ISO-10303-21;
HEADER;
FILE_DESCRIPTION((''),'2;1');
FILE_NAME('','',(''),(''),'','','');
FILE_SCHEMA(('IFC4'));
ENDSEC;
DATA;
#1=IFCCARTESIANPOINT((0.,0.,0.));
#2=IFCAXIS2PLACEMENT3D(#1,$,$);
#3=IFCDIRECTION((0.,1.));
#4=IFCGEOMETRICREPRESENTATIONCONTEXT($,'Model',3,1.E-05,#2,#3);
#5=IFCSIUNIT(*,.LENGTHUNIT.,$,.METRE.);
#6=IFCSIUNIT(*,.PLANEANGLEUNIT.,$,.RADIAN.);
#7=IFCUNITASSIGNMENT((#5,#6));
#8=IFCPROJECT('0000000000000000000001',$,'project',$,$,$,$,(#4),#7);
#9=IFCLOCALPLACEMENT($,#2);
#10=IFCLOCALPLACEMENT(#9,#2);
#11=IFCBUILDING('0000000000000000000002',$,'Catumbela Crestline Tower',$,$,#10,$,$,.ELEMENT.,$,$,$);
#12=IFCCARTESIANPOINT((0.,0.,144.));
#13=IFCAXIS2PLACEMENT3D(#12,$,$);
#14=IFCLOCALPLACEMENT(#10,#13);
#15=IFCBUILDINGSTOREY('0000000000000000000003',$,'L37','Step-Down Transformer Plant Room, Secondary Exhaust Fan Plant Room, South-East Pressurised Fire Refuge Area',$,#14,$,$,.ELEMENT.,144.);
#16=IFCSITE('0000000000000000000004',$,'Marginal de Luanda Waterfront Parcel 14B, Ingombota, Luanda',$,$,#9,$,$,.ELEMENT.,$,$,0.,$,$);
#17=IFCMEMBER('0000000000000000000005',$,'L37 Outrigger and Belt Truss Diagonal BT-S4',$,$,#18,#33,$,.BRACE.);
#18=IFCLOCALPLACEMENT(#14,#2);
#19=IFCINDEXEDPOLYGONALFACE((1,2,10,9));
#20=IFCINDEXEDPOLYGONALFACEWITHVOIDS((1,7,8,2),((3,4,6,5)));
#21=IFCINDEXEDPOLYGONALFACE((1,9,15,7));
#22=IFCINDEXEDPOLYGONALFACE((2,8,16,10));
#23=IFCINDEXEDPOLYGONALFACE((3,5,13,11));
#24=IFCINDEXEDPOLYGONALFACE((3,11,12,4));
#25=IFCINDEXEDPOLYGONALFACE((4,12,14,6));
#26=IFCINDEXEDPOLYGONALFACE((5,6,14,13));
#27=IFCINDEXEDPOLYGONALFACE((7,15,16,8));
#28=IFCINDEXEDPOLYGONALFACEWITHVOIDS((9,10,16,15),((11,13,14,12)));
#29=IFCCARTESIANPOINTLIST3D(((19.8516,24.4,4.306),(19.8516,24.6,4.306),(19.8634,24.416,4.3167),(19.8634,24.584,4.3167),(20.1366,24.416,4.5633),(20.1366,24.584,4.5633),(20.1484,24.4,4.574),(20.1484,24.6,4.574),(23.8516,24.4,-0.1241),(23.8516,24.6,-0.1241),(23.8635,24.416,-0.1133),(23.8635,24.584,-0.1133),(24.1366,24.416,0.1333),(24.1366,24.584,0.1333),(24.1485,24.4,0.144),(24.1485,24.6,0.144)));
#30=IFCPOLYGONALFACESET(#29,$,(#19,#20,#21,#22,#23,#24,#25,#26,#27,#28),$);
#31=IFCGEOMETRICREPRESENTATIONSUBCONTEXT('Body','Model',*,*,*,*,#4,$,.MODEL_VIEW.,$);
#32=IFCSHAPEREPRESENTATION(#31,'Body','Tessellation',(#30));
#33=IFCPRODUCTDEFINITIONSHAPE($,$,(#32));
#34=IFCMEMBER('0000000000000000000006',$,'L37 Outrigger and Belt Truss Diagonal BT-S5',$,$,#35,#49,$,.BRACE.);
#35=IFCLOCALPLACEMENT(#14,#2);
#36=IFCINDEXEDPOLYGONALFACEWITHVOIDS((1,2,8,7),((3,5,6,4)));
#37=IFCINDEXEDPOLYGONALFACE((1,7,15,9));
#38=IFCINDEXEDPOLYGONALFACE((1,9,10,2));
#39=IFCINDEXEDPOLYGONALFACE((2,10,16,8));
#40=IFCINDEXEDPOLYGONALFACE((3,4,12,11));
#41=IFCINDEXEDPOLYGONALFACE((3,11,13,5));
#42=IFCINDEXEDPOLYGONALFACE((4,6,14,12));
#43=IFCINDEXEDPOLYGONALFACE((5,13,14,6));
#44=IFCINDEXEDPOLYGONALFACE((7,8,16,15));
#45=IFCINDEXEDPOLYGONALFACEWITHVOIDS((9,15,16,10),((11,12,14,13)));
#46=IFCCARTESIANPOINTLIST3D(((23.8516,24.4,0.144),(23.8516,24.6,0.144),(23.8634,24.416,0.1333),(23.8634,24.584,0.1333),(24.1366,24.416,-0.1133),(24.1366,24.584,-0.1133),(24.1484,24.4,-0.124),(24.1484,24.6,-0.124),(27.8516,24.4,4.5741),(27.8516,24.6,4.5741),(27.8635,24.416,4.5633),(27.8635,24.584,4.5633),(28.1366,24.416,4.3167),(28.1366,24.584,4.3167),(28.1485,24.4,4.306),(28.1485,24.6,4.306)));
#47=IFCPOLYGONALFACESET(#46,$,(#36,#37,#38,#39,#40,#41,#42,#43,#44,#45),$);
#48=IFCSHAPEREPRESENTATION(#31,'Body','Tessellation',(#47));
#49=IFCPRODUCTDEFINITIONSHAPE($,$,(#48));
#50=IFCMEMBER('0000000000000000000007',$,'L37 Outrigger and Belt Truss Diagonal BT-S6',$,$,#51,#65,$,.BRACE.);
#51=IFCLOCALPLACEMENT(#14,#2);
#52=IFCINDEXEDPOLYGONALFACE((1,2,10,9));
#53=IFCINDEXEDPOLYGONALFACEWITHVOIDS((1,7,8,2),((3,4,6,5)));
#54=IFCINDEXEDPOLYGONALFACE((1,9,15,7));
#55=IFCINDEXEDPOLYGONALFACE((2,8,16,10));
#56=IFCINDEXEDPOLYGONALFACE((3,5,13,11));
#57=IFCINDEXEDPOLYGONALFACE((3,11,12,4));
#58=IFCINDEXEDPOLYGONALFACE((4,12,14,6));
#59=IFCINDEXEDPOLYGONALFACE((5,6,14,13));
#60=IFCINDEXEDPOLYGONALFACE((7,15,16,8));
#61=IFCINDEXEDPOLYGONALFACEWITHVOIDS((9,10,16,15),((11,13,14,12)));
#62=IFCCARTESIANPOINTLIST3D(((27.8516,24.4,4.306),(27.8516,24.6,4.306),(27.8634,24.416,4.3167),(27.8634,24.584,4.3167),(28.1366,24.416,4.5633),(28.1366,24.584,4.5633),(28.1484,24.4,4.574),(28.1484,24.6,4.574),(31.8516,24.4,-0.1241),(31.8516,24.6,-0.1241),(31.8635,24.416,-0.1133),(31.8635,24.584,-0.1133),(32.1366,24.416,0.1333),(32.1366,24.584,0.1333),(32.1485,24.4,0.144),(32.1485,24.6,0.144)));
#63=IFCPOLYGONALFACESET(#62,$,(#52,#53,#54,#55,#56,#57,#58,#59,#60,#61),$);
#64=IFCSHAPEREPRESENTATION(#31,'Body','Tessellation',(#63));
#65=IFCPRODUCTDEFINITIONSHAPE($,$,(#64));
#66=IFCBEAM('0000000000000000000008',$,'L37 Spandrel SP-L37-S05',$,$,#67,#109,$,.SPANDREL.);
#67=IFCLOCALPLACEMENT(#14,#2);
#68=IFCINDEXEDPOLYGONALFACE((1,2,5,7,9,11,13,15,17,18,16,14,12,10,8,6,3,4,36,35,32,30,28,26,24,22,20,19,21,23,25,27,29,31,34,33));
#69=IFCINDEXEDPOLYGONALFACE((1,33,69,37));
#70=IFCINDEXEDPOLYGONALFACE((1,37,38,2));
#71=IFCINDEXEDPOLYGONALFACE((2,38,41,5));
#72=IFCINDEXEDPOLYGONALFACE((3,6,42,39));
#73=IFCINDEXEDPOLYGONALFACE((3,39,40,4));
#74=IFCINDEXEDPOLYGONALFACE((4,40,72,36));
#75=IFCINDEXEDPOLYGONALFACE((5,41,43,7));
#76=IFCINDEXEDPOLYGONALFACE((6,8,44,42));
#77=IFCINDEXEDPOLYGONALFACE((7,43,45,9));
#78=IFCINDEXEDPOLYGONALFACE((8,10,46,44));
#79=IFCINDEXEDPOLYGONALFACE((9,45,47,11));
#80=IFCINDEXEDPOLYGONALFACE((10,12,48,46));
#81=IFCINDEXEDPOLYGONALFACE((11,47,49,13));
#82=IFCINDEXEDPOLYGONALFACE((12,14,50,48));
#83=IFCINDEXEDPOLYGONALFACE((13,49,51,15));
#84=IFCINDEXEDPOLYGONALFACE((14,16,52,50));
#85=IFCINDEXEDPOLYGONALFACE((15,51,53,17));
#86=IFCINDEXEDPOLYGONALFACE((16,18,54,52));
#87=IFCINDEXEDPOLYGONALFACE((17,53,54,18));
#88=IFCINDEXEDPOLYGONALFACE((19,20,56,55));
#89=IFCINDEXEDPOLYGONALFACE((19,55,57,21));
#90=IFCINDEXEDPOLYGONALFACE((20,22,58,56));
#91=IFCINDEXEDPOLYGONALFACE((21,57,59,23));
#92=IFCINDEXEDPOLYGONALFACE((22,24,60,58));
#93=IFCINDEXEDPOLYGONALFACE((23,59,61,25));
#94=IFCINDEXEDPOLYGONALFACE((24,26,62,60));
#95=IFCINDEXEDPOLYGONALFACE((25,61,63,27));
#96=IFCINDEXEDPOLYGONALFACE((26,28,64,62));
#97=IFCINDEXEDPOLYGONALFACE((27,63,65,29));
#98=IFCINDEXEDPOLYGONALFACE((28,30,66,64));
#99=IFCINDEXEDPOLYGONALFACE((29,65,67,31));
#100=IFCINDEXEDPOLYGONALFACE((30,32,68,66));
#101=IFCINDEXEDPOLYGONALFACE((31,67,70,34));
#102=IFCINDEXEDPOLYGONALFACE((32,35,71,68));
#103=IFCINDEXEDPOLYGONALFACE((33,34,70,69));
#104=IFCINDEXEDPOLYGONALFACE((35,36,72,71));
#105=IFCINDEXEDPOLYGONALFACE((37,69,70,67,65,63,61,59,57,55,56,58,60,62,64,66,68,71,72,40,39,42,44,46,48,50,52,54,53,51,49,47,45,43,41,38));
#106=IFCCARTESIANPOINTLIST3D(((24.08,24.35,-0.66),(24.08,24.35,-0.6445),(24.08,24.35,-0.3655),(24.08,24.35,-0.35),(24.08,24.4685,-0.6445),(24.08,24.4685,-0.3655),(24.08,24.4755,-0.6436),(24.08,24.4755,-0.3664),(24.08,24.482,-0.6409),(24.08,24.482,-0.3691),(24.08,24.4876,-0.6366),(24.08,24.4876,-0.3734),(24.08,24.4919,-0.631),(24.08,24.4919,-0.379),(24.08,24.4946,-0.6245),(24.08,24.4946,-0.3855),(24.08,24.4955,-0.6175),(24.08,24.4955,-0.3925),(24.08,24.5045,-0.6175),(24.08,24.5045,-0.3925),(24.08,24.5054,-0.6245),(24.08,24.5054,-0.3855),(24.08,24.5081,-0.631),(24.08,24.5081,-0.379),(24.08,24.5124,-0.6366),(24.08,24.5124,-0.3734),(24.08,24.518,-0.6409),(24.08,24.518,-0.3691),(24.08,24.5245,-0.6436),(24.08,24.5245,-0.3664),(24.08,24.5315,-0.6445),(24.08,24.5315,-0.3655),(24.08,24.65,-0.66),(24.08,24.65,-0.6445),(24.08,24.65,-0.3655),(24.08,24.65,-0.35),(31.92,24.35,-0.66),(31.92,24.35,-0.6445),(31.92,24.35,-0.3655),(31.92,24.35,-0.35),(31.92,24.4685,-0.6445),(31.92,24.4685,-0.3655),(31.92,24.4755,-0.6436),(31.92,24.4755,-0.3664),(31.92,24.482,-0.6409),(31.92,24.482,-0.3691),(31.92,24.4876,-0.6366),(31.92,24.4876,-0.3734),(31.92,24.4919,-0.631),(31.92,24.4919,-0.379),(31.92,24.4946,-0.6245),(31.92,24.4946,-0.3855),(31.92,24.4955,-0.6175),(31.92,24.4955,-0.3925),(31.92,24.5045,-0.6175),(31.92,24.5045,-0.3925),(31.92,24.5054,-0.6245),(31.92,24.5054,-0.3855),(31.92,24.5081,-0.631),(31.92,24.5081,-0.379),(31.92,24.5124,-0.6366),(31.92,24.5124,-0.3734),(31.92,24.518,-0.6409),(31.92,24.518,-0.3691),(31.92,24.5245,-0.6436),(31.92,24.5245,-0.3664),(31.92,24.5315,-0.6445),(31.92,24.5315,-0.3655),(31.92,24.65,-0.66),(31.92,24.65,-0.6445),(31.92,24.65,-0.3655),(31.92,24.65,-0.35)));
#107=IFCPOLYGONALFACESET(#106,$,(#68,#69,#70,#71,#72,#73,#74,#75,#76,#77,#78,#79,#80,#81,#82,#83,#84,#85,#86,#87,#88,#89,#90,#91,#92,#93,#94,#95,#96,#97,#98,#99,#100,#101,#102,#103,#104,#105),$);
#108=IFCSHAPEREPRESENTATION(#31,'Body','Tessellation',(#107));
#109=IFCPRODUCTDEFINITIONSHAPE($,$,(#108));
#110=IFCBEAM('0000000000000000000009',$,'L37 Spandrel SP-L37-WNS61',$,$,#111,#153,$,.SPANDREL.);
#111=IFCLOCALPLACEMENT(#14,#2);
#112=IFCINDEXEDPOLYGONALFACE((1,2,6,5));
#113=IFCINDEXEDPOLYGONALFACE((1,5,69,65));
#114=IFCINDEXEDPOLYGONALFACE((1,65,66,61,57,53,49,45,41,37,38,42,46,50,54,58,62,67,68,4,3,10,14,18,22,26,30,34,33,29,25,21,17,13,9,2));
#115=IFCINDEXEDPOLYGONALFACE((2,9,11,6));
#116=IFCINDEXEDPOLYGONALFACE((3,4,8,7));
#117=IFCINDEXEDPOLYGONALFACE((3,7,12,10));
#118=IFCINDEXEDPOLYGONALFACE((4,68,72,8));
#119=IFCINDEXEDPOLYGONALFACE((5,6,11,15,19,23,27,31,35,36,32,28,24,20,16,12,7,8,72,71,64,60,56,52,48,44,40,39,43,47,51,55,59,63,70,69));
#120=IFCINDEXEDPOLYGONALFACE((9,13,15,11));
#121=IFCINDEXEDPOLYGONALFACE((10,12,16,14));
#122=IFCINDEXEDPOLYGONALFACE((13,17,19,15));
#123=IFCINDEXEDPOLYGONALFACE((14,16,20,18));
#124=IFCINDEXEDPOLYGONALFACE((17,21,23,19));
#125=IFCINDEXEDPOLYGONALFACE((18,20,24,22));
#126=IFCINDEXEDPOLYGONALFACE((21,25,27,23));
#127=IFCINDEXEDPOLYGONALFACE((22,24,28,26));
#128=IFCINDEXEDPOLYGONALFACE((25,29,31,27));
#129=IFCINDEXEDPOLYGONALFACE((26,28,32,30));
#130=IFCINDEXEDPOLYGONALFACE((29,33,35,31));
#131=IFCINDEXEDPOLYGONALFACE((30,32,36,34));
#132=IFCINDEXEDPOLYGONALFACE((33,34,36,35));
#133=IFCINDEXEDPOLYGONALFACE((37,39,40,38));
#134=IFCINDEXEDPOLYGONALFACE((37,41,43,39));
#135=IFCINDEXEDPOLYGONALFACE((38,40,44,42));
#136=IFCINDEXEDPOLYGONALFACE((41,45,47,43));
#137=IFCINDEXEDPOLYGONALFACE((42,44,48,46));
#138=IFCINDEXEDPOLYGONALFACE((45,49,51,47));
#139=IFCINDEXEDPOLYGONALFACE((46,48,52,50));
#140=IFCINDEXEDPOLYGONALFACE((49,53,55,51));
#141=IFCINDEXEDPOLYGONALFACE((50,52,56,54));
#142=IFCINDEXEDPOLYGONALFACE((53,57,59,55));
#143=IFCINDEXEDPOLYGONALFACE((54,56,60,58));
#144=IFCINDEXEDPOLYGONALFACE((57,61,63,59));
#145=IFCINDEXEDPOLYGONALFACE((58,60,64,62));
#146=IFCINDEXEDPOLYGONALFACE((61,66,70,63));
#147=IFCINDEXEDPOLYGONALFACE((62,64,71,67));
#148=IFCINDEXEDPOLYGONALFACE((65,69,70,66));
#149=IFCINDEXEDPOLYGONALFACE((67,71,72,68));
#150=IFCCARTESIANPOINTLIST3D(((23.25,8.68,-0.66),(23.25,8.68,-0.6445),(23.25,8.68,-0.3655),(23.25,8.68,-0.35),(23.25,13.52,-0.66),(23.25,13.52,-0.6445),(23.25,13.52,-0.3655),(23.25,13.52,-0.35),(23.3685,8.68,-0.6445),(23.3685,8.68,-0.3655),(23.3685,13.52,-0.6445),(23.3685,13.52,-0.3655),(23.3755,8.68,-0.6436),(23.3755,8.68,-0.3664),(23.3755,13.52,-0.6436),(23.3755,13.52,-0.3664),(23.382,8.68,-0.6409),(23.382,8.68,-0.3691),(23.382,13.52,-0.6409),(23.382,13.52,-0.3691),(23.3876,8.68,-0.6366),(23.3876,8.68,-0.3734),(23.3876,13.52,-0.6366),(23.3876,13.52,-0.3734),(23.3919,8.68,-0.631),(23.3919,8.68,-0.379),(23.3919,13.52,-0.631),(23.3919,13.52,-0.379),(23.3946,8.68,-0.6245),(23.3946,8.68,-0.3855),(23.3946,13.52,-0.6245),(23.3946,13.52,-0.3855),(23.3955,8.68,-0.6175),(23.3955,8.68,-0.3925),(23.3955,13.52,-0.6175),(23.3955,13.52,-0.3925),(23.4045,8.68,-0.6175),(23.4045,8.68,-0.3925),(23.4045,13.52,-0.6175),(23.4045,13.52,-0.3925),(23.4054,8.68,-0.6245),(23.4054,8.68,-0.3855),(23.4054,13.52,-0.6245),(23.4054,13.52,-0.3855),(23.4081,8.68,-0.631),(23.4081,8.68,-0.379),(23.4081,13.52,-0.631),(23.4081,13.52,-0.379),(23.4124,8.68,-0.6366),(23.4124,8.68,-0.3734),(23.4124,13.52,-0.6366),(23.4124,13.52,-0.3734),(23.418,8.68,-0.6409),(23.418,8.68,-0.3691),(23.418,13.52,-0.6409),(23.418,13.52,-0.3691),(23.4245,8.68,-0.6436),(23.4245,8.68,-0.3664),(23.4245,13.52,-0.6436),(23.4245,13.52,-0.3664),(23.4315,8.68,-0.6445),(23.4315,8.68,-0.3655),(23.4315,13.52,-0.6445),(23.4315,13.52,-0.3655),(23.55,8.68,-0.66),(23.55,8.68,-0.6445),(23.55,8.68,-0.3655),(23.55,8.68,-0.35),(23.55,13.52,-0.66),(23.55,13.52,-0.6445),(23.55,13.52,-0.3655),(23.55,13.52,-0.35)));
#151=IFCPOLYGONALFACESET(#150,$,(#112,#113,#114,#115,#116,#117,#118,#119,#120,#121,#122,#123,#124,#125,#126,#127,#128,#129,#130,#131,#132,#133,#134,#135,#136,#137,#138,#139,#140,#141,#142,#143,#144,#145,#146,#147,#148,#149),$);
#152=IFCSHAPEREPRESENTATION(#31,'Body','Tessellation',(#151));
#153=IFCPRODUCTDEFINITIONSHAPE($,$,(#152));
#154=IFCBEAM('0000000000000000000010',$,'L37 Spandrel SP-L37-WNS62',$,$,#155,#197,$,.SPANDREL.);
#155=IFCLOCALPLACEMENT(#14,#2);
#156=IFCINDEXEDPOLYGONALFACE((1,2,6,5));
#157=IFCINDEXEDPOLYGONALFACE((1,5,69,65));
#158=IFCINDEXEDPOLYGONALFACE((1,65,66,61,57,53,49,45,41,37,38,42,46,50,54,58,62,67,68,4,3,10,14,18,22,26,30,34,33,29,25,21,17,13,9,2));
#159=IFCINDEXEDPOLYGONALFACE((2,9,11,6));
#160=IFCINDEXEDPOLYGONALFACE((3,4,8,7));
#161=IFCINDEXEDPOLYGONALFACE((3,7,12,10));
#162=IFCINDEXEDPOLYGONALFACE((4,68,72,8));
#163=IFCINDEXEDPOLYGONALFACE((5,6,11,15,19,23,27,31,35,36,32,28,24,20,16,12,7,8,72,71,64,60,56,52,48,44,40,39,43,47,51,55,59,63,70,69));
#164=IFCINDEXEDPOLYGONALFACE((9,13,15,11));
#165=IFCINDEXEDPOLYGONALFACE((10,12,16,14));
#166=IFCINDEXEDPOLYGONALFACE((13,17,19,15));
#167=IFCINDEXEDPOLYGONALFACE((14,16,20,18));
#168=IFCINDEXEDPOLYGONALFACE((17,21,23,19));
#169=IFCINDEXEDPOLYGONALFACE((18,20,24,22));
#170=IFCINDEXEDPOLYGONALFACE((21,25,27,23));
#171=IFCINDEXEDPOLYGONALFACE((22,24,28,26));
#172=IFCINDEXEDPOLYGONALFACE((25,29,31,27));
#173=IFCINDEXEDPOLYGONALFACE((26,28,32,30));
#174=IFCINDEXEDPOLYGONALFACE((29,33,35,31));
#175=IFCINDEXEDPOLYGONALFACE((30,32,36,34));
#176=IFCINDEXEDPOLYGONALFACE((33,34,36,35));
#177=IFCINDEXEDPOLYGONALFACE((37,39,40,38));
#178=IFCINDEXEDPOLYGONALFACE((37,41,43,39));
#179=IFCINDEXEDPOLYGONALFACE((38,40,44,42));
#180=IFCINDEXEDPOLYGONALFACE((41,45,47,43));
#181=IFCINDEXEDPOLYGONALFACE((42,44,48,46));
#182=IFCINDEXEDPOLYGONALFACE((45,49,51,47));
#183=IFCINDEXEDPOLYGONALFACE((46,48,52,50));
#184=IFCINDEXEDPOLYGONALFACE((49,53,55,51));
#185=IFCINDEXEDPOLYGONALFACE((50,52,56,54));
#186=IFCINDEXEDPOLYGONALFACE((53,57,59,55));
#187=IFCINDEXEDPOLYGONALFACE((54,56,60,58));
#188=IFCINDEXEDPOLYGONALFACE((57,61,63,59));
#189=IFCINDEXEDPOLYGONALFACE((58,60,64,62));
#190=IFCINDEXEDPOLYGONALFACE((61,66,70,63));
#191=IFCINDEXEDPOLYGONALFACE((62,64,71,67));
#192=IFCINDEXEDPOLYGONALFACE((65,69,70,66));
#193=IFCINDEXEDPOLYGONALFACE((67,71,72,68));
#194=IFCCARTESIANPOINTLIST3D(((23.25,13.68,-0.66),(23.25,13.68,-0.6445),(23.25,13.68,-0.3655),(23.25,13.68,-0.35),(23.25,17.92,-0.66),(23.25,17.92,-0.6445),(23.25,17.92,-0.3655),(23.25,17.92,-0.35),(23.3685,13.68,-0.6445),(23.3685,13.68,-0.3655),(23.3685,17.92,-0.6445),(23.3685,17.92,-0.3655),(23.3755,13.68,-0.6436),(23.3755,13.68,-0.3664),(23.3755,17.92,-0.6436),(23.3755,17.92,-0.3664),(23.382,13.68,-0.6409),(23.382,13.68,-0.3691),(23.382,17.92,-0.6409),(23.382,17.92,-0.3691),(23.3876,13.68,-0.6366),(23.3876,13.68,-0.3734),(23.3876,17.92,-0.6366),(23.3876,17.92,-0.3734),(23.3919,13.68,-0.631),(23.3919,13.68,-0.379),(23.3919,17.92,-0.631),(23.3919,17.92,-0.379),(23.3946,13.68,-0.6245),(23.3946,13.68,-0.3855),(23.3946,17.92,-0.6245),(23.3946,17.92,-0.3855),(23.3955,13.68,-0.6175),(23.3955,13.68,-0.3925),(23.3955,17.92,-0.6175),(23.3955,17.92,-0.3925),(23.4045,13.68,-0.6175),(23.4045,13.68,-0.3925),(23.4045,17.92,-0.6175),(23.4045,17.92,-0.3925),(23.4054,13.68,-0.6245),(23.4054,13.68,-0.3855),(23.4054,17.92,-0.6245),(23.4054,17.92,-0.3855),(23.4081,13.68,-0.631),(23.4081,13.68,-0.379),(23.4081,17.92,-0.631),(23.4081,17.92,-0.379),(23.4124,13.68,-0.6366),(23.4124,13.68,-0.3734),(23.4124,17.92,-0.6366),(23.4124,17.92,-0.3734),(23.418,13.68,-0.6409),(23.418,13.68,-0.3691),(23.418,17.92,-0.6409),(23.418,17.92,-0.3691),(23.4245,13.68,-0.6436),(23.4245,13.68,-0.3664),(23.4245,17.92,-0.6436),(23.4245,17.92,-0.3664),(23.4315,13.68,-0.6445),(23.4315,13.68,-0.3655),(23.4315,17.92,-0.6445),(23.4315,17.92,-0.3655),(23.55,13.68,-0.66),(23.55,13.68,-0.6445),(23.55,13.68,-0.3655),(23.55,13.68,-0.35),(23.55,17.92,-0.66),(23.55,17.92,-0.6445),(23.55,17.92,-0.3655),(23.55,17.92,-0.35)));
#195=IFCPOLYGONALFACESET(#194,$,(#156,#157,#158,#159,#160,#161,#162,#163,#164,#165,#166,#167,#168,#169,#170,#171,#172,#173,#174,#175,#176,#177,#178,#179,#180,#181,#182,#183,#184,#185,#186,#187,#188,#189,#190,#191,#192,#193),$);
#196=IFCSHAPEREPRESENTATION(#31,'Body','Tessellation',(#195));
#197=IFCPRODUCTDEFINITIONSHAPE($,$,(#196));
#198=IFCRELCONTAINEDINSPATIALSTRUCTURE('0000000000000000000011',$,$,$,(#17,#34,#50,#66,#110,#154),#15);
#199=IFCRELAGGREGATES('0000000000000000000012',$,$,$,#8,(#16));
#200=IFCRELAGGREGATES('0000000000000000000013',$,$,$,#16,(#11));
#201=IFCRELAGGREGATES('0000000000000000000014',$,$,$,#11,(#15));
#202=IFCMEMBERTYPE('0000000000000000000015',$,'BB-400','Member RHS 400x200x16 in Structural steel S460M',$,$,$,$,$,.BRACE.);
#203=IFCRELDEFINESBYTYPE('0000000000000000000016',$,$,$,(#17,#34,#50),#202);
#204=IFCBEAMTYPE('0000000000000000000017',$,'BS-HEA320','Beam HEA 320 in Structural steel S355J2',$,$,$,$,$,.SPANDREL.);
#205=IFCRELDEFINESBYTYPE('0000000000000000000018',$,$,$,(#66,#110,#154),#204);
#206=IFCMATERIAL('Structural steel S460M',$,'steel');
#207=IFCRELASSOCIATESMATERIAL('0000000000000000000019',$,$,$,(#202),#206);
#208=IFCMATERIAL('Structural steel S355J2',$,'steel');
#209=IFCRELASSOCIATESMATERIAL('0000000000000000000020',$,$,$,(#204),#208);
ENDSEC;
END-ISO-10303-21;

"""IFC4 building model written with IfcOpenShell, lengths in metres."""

from ifc_helpers import new_model, si_unit, direction, frame, origin, origin_2d, place, context, subcontext, project, spatial, hollow_rectangle, i_section, extrude, material, material_profile, profile_set, type_object, element, save


model = new_model("IFC4")

# Units and contexts
model_context = context("Model", 3, precision=1e-05, world=origin(), true_north=direction((0.0, 1.0)))
body_context = subcontext(model_context, "Body", "Model", "MODEL_VIEW")
ifc_project = project(units=[si_unit("LENGTHUNIT", "METRE"), si_unit("PLANEANGLEUNIT", "RADIAN")], contexts=[model_context])

# Site, building, storey
site_placement = place(None, origin())
site = spatial("IfcSite", under=ifc_project, at=site_placement, Name="Marginal de Luanda Waterfront Parcel 14B, Ingombota, Luanda", CompositionType="ELEMENT", RefElevation=0.0)
building_placement = place(site_placement, origin())
building = spatial("IfcBuilding", under=site, at=building_placement, Name="Catumbela Crestline Tower", CompositionType="ELEMENT")
storey_placement = place(building_placement, frame((0.0, 0.0, 144.0)))
storey = spatial("IfcBuildingStorey", under=building, at=storey_placement, Name="L37", Description="Step-Down Transformer Plant Room, Secondary Exhaust Fan Plant Room, South-East Pressurised Fire Refuge Area", CompositionType="ELEMENT", Elevation=144.0)

# Shared definitions
ifc_material_1 = material(Name="Structural steel S460M", Category="steel")

# Shared definitions
ifc_material_2 = material(Name="Structural steel S355J2", Category="steel")

# Members
ifc_material_profile_1 = material_profile(ifc_material_1, hollow_rectangle(XDim=0.2, YDim=0.4, WallThickness=0.016, at=origin_2d()), Name="RHS 400x200x16")
ifc_profile_set_1 = profile_set([ifc_material_profile_1], Name="Structural steel S460M")
member_type = type_object("IfcMemberType", Name="BB-400", Description="Member RHS 400x200x16 in Structural steel S460M", PredefinedType="BRACE", material=ifc_profile_set_1)
for number, where, z_axis, x_axis, name in (
    (1, (20.0, 24.5, 4.44), (0.670167, 0.0, -0.74221), (0.0, 1.0, 0.0), "L37 Outrigger and Belt Truss Diagonal BT-S4"),
    (2, (24.0, 24.5, 0.01), (0.670167, 0.0, 0.74221), (0.0, 1.0, 0.0), "L37 Outrigger and Belt Truss Diagonal BT-S5"),
    (3, (28.0, 24.5, 4.44), (0.670167, 0.0, -0.74221), (0.0, 1.0, 0.0), "L37 Outrigger and Belt Truss Diagonal BT-S6"),
):
    element("IfcMember", number, at=place(storey_placement, frame(where, z_axis=z_axis, x_axis=x_axis)), inside=storey, type_object=member_type, Name=name, PredefinedType="BRACE", context=body_context, shape_type="SweptSolid", body=[
        extrude(hollow_rectangle(XDim=0.2, YDim=0.4, WallThickness=0.016, at=origin_2d()), origin(), (0.0, 0.0, 1.0), 5.9687),
    ])

# Beams
ifc_material_profile_2 = material_profile(ifc_material_2, i_section(OverallWidth=0.3, OverallDepth=0.31, WebThickness=0.009, FlangeThickness=0.0155, FilletRadius=0.027, at=origin_2d()), Name="HEA 320")
ifc_profile_set_2 = profile_set([ifc_material_profile_2], Name="Structural steel S355J2")
beam_type_1 = type_object("IfcBeamType", Name="BS-HEA320", Description="Beam HEA 320 in Structural steel S355J2", PredefinedType="SPANDREL", material=ifc_profile_set_2)
beam_1_placement = place(storey_placement, frame((24.08, 24.5, -0.505), z_axis=(1.0, 0.0, 0.0), x_axis=(0.0, 1.0, 0.0)))
element("IfcBeam", 4, at=beam_1_placement, inside=storey, type_object=beam_type_1, Name="L37 Spandrel SP-L37-S05", PredefinedType="SPANDREL", context=body_context, shape_type="SweptSolid", body=[
    extrude(i_section(OverallWidth=0.3, OverallDepth=0.31, WebThickness=0.009, FlangeThickness=0.0155, FilletRadius=0.027, at=origin_2d()), origin(), (0.0, 0.0, 1.0), 7.84),
])
beam_2_placement = place(storey_placement, frame((23.4, 8.68, -0.505), z_axis=(0.0, 1.0, 0.0), x_axis=(-1.0, 0.0, 0.0)))
element("IfcBeam", 5, at=beam_2_placement, inside=storey, type_object=beam_type_1, Name="L37 Spandrel SP-L37-WNS61", PredefinedType="SPANDREL", context=body_context, shape_type="SweptSolid", body=[
    extrude(i_section(OverallWidth=0.3, OverallDepth=0.31, WebThickness=0.009, FlangeThickness=0.0155, FilletRadius=0.027, at=origin_2d()), origin(), (0.0, 0.0, 1.0), 4.84),
])
beam_3_placement = place(storey_placement, frame((23.4, 13.68, -0.505), z_axis=(0.0, 1.0, 0.0), x_axis=(-1.0, 0.0, 0.0)))
element("IfcBeam", 6, at=beam_3_placement, inside=storey, type_object=beam_type_1, Name="L37 Spandrel SP-L37-WNS62", PredefinedType="SPANDREL", context=body_context, shape_type="SweptSolid", body=[
    extrude(i_section(OverallWidth=0.3, OverallDepth=0.31, WebThickness=0.009, FlangeThickness=0.0155, FilletRadius=0.027, at=origin_2d()), origin(), (0.0, 0.0, 1.0), 4.24),
])

save(model, "model.ifc")
